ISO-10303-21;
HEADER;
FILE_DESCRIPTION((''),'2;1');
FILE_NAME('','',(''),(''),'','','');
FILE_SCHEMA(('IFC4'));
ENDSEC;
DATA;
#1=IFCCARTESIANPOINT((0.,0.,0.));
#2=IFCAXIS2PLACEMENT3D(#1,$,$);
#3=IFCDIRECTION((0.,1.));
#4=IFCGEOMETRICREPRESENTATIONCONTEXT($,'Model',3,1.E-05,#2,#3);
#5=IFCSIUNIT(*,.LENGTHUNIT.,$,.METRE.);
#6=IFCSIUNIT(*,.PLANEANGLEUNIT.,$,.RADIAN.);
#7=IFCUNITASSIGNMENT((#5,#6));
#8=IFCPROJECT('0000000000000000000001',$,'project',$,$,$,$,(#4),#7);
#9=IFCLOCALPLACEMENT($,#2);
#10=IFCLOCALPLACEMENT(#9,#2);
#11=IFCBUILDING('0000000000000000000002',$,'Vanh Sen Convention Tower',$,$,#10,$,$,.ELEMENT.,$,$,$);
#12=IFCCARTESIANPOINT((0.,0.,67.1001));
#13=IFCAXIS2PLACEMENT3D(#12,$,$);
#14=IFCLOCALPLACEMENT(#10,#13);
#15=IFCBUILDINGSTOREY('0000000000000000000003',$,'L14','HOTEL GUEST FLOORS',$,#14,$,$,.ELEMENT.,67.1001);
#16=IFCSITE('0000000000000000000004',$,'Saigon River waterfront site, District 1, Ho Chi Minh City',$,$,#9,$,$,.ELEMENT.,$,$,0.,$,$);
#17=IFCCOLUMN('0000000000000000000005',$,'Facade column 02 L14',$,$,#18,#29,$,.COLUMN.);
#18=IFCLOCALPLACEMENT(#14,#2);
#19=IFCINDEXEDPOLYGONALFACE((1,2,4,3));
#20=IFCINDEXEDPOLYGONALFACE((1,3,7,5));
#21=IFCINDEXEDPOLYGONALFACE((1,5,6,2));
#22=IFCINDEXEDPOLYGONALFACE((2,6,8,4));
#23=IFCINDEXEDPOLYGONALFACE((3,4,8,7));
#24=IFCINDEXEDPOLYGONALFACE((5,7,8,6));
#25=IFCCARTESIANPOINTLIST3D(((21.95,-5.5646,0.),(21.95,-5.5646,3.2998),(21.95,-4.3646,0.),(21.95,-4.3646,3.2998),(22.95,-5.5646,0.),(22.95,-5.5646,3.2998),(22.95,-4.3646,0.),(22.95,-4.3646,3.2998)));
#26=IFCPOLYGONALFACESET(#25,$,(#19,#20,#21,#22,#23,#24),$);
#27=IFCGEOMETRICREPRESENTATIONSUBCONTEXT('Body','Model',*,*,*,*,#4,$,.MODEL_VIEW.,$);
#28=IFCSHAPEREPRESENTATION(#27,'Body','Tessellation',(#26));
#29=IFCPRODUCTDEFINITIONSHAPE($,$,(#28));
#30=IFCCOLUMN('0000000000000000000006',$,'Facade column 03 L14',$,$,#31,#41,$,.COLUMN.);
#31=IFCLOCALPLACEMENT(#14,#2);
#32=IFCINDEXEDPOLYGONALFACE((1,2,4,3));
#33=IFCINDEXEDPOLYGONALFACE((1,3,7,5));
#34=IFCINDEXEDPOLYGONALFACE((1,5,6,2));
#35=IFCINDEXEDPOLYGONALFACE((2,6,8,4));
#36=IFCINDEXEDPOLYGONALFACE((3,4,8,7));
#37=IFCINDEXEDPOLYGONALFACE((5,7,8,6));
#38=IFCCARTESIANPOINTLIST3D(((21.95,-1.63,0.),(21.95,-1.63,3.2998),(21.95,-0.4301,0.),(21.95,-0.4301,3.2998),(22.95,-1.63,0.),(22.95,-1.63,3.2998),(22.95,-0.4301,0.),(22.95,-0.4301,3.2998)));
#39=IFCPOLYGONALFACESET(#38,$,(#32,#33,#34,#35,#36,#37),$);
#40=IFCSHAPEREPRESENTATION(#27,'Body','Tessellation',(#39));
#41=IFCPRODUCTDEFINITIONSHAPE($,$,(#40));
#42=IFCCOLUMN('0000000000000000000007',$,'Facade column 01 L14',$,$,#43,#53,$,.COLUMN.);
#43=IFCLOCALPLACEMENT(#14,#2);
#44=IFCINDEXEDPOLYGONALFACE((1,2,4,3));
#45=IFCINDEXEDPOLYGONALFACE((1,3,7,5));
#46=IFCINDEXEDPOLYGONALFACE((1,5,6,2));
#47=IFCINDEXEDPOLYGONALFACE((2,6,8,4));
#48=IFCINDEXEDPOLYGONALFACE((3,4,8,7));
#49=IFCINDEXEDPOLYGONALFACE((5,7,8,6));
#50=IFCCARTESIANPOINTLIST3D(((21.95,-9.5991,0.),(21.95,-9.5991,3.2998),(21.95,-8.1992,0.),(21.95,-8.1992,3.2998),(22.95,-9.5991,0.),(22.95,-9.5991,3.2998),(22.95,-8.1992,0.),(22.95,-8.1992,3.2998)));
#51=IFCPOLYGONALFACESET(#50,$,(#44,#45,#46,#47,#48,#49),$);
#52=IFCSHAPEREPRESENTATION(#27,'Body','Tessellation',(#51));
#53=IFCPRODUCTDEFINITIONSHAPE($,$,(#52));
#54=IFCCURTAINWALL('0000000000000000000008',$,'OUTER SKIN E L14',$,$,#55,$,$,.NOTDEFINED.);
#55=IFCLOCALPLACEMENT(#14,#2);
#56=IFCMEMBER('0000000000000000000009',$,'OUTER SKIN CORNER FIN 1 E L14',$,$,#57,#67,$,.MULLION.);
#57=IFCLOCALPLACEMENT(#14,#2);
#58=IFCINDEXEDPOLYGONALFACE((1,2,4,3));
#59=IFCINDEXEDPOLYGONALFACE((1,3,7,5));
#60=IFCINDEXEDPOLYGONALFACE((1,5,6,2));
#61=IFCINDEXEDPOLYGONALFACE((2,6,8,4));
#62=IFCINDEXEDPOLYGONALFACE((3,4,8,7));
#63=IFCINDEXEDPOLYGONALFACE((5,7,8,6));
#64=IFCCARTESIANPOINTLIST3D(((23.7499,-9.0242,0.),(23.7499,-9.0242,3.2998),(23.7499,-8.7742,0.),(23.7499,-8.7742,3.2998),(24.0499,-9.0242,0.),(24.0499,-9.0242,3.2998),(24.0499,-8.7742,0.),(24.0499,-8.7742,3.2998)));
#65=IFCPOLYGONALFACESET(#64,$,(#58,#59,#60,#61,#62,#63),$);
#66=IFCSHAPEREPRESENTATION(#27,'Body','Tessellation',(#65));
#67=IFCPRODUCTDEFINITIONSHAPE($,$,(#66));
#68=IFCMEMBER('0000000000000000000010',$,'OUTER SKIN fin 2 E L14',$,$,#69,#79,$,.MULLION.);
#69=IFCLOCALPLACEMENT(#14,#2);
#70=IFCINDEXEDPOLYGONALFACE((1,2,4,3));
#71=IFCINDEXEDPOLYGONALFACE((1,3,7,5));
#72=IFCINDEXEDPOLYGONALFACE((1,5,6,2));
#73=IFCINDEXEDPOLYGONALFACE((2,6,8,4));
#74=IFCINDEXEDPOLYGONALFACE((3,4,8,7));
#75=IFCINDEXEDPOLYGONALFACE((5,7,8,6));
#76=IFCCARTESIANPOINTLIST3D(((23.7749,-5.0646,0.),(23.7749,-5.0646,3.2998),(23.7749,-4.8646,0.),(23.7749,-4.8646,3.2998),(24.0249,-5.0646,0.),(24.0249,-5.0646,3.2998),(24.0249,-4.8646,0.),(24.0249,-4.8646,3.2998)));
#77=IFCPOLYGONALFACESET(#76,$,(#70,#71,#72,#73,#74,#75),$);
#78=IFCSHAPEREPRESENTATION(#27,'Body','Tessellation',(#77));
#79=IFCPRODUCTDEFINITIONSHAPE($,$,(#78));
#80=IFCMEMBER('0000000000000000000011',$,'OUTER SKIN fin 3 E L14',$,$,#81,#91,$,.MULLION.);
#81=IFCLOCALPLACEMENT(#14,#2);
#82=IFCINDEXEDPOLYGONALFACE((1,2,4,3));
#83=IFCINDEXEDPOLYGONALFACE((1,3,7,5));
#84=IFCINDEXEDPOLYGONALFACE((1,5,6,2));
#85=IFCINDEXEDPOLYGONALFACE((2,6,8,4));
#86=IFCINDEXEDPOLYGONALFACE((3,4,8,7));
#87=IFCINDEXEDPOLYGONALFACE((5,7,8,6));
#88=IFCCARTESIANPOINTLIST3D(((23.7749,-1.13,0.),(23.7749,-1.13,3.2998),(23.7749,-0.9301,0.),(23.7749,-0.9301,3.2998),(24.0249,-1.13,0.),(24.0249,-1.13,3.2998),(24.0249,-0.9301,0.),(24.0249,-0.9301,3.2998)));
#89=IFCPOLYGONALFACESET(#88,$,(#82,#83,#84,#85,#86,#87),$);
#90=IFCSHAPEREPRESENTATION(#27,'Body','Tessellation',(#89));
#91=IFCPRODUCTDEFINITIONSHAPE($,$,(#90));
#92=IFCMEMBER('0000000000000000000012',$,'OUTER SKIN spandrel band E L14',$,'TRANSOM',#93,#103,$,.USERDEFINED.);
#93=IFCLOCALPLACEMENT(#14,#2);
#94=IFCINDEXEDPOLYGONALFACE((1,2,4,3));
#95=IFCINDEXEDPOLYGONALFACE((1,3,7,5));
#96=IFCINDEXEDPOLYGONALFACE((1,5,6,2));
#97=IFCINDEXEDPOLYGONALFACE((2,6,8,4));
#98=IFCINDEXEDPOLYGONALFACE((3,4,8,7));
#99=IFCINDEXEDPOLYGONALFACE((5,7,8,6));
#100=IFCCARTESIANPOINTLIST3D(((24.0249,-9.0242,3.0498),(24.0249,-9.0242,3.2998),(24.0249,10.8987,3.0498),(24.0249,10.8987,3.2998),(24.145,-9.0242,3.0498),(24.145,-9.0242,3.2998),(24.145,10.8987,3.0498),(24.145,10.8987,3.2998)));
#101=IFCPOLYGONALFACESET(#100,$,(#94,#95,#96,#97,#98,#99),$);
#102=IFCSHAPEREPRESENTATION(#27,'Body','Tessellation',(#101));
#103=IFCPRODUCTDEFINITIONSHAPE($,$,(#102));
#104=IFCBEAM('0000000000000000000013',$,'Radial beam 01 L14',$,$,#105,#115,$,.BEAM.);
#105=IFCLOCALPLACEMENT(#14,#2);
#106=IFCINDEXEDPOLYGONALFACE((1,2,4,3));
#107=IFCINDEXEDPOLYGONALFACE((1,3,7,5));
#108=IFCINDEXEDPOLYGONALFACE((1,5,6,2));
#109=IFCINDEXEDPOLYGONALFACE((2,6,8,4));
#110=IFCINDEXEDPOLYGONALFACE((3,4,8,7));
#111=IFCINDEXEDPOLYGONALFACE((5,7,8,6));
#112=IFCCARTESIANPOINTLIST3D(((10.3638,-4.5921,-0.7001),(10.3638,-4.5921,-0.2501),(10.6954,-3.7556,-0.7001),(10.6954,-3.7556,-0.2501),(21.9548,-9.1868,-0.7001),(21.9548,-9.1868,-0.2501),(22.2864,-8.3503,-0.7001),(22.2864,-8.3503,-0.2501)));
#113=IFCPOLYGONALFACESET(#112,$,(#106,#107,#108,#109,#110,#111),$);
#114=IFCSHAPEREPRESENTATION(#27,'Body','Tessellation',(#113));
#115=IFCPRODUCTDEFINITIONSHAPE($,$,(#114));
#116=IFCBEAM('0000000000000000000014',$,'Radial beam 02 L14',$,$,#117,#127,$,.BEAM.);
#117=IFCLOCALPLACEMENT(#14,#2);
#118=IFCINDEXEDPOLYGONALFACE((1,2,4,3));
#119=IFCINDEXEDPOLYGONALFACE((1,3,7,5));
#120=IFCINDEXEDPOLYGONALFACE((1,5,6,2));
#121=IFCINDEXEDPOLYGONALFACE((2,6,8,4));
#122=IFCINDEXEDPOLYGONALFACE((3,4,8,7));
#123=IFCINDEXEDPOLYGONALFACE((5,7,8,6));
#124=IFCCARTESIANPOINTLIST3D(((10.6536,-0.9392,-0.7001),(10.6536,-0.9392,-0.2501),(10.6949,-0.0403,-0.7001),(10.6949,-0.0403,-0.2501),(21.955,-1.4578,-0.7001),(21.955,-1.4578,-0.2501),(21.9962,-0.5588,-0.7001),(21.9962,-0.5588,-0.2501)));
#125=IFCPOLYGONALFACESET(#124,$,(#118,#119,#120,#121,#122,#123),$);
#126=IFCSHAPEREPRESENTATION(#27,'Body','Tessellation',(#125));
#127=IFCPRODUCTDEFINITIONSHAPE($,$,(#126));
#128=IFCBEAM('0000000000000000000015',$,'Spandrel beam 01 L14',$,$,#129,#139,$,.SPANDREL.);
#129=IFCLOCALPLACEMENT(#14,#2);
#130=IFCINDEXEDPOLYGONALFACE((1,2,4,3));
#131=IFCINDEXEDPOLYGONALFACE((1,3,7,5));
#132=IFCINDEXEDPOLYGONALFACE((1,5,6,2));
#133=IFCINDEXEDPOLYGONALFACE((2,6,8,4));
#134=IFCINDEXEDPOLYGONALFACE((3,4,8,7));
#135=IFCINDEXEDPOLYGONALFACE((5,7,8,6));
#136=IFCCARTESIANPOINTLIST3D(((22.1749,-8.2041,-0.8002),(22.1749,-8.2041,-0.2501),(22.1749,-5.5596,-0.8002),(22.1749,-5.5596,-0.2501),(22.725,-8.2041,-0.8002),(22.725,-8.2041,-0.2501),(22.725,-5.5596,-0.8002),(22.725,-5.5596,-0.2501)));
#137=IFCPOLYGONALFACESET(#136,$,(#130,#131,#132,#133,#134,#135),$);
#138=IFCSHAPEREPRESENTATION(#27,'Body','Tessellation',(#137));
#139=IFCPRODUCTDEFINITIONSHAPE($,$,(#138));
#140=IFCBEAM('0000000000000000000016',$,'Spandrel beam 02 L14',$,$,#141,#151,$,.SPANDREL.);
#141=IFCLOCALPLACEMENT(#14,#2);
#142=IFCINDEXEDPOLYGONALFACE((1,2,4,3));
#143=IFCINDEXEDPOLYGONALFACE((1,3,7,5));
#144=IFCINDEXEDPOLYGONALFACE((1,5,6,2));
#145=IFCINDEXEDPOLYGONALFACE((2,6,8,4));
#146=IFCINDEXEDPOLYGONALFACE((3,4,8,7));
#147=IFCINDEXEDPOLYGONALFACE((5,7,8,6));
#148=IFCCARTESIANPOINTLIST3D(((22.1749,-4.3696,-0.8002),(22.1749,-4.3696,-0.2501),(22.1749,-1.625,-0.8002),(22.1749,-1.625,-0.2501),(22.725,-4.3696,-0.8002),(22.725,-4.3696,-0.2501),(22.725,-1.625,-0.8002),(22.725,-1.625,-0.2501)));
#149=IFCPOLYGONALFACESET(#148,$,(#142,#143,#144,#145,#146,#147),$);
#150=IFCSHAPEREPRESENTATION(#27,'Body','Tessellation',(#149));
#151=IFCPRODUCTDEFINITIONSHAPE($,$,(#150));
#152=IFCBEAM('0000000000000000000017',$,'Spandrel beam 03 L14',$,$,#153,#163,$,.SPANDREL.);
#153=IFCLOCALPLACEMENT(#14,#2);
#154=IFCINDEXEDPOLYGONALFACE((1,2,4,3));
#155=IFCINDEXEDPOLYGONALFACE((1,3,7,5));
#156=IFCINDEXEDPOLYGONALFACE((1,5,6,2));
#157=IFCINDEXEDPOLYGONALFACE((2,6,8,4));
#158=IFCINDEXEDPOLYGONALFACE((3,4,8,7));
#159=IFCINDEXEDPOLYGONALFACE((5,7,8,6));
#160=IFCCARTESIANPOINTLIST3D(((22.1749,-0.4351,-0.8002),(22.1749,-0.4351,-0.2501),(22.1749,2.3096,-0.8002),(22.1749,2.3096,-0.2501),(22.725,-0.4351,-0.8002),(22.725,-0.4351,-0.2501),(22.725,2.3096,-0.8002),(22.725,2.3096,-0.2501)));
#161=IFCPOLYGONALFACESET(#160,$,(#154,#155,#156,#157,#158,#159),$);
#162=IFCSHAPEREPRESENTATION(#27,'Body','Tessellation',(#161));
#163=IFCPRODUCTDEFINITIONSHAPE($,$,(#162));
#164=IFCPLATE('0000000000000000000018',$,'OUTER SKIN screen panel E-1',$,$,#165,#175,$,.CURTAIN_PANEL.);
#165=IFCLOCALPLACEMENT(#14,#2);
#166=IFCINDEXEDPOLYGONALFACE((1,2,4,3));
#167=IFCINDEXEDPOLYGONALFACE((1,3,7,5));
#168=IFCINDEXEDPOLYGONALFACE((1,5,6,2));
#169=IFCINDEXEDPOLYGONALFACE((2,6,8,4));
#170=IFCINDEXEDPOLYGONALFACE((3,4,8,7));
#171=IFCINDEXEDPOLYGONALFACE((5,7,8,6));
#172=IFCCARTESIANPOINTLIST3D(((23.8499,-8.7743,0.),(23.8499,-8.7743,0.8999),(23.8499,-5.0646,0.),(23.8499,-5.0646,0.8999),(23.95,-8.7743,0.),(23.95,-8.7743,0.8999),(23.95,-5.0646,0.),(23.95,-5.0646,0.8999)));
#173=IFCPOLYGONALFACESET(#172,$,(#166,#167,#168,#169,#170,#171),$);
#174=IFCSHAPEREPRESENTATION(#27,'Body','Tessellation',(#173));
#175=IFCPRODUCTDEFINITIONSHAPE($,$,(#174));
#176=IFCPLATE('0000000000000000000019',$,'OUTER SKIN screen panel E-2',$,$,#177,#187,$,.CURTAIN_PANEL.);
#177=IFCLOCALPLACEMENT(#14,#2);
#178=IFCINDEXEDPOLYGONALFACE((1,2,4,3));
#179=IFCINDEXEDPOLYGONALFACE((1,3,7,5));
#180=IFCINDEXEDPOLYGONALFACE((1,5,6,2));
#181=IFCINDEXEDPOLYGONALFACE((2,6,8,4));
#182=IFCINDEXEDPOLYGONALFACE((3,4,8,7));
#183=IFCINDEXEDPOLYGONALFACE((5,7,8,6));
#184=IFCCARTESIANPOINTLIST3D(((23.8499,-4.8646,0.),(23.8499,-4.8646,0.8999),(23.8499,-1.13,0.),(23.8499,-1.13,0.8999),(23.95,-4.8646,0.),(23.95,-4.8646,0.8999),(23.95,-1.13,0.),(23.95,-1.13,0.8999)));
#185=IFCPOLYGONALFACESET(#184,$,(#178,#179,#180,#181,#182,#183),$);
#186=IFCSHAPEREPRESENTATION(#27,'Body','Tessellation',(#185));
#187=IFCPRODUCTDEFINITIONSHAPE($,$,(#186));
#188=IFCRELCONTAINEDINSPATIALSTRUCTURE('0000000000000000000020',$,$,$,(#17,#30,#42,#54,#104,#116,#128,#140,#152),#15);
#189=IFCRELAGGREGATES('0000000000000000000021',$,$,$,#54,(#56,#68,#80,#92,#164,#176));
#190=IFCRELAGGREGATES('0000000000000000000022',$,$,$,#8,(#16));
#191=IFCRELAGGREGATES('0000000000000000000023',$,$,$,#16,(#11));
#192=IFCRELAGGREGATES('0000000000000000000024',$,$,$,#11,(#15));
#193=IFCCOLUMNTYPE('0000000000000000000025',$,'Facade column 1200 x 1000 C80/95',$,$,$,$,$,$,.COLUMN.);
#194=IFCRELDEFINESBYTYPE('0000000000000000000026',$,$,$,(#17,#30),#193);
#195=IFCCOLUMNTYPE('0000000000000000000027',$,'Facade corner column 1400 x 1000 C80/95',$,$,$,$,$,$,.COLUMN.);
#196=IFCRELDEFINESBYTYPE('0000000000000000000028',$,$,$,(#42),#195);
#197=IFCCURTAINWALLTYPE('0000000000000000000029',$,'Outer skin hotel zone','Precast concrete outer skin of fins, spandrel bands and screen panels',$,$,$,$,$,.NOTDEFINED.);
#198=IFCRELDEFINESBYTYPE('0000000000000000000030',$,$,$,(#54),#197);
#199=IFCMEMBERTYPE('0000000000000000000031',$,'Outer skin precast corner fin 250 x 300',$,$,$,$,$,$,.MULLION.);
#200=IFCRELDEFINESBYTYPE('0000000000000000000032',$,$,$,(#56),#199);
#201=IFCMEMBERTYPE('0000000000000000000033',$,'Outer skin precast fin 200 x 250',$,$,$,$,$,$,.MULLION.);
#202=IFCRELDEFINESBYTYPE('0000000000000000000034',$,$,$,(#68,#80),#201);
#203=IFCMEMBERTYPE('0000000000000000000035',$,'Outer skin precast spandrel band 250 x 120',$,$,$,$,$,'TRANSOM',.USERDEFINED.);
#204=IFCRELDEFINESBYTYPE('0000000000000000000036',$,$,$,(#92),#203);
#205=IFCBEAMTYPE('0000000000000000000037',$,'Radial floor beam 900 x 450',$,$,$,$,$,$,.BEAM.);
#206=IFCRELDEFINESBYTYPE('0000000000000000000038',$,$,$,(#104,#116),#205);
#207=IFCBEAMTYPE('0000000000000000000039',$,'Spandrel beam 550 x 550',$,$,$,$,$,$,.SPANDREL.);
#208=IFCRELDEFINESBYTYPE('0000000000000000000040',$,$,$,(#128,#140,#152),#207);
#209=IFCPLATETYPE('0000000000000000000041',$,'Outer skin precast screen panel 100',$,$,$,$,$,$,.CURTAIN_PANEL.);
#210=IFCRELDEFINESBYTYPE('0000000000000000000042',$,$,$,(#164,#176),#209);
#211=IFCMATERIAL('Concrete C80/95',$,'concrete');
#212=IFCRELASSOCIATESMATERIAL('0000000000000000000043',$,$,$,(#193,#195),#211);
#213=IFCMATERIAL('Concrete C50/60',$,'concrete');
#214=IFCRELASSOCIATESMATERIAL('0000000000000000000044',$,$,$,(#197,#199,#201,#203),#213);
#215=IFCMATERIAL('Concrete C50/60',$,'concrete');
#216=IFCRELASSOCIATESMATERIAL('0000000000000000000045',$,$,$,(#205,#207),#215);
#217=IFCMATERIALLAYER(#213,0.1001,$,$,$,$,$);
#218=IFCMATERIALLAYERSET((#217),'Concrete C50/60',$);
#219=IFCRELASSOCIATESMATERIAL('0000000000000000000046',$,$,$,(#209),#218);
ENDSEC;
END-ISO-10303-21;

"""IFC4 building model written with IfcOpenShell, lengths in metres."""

from ifc_helpers import new_model, si_unit, direction, frame, origin, origin_2d, place, context, subcontext, project, spatial, rectangle, extrude, material, layer, layer_set, material_profile, profile_set, type_object, element, aggregate, save


model = new_model("IFC4")

# Units and contexts
model_context = context("Model", 3, precision=1e-05, world=origin(), true_north=direction((0.0, 1.0)))
body_context = subcontext(model_context, "Body", "Model", "MODEL_VIEW")
ifc_project = project(units=[si_unit("LENGTHUNIT", "METRE"), si_unit("PLANEANGLEUNIT", "RADIAN")], contexts=[model_context])

# Site, building, storey
site_placement = place(None, origin())
site = spatial("IfcSite", under=ifc_project, at=site_placement, Name="Saigon River waterfront site, District 1, Ho Chi Minh City", CompositionType="ELEMENT", RefElevation=0.0)
building_placement = place(site_placement, origin())
building = spatial("IfcBuilding", under=site, at=building_placement, Name="Vanh Sen Convention Tower", CompositionType="ELEMENT")
storey_placement = place(building_placement, frame((0.0, 0.0, 67.1001)))
storey = spatial("IfcBuildingStorey", under=building, at=storey_placement, Name="L14", Description="HOTEL GUEST FLOORS", CompositionType="ELEMENT", Elevation=67.1001)

# Columns
ifc_material_1 = material(Name="Concrete C80/95", Category="concrete")
ifc_material_profile_1 = material_profile(ifc_material_1, rectangle(XDim=1.2, YDim=1.0, at=origin_2d()), Name="RC 1200X1000")
ifc_profile_set_1 = profile_set([ifc_material_profile_1], Name="Concrete C80/95")
column_type_1 = type_object("IfcColumnType", Name="Facade column 1200 x 1000 C80/95", PredefinedType="COLUMN", material=ifc_profile_set_1)
for number, where, z_axis, x_axis, name in (
    (1, (22.45, -4.9646, 0.0), (0.0, 0.0, 1.0), (0.0, 1.0, 0.0), "Facade column 02 L14"),
    (2, (22.45, -1.03, 0.0), (0.0, 0.0, 1.0), (0.0, 1.0, 0.0), "Facade column 03 L14"),
):
    element("IfcColumn", number, at=place(storey_placement, frame(where, z_axis=z_axis, x_axis=x_axis)), inside=storey, type_object=column_type_1, Name=name, PredefinedType="COLUMN", context=body_context, shape_type="SweptSolid", body=[
        extrude(rectangle(XDim=1.2, YDim=1.0, at=origin_2d()), origin(), (0.0, 0.0, 1.0), 3.2998),
    ])
ifc_material_profile_2 = material_profile(ifc_material_1, rectangle(XDim=1.3999, YDim=1.0, at=origin_2d()), Name="RC 1400X1000")
ifc_profile_set_2 = profile_set([ifc_material_profile_2], Name="Concrete C80/95")
column_type_2 = type_object("IfcColumnType", Name="Facade corner column 1400 x 1000 C80/95", PredefinedType="COLUMN", material=ifc_profile_set_2)
column_placement = place(storey_placement, frame((22.45, -8.8992, 0.0), z_axis=(0.0, 0.0, 1.0), x_axis=(0.0, 1.0, 0.0)))
element("IfcColumn", 3, at=column_placement, inside=storey, type_object=column_type_2, Name="Facade column 01 L14", PredefinedType="COLUMN", context=body_context, shape_type="SweptSolid", body=[
    extrude(rectangle(XDim=1.3999, YDim=1.0, at=origin_2d()), origin(), (0.0, 0.0, 1.0), 3.2998),
])

# Curtain wall, members
ifc_material_2 = material(Name="Concrete C50/60", Category="concrete")
curtain_wall_type = type_object("IfcCurtainWallType", Name="Outer skin hotel zone", Description="Precast concrete outer skin of fins, spandrel bands and screen panels", PredefinedType="NOTDEFINED", material=ifc_material_2)
curtain_wall_placement = place(storey_placement, origin())
curtain_wall = element("IfcCurtainWall", 4, at=curtain_wall_placement, inside=storey, type_object=curtain_wall_type, Name="OUTER SKIN E L14", PredefinedType="NOTDEFINED")
ifc_material_profile_3 = material_profile(ifc_material_2, rectangle(XDim=0.25, YDim=0.3, at=origin_2d()), Name="Outer skin precast corner fin 250 x 300")
ifc_profile_set_3 = profile_set([ifc_material_profile_3], Name="Concrete C50/60")
member_type_1 = type_object("IfcMemberType", Name="Outer skin precast corner fin 250 x 300", PredefinedType="MULLION", material=ifc_profile_set_3)
member_1_placement = place(storey_placement, frame((23.8999, -8.8992, 0.0), z_axis=(0.0, 0.0, 1.0), x_axis=(0.0, 1.0, 0.0)))
member_1 = element("IfcMember", 5, at=member_1_placement, type_object=member_type_1, Name="OUTER SKIN CORNER FIN 1 E L14", PredefinedType="MULLION", context=body_context, shape_type="SweptSolid", body=[
    extrude(rectangle(XDim=0.25, YDim=0.3, at=origin_2d()), origin(), (0.0, 0.0, 1.0), 3.2998),
])
ifc_material_profile_4 = material_profile(ifc_material_2, rectangle(XDim=0.2, YDim=0.25, at=origin_2d()), Name="Outer skin precast fin 200 x 250")
ifc_profile_set_4 = profile_set([ifc_material_profile_4], Name="Concrete C50/60")
member_type_2 = type_object("IfcMemberType", Name="Outer skin precast fin 200 x 250", PredefinedType="MULLION", material=ifc_profile_set_4)
member_2_placement = place(storey_placement, frame((23.8999, -4.9646, 0.0), z_axis=(0.0, 0.0, 1.0), x_axis=(0.0, 1.0, 0.0)))
member_2 = element("IfcMember", 6, at=member_2_placement, type_object=member_type_2, Name="OUTER SKIN fin 2 E L14", PredefinedType="MULLION", context=body_context, shape_type="SweptSolid", body=[
    extrude(rectangle(XDim=0.2, YDim=0.25, at=origin_2d()), origin(), (0.0, 0.0, 1.0), 3.2998),
])
member_3_placement = place(storey_placement, frame((23.8999, -1.03, 0.0), z_axis=(0.0, 0.0, 1.0), x_axis=(0.0, 1.0, 0.0)))
member_3 = element("IfcMember", 7, at=member_3_placement, type_object=member_type_2, Name="OUTER SKIN fin 3 E L14", PredefinedType="MULLION", context=body_context, shape_type="SweptSolid", body=[
    extrude(rectangle(XDim=0.2, YDim=0.25, at=origin_2d()), origin(), (0.0, 0.0, 1.0), 3.2998),
])
ifc_material_profile_5 = material_profile(ifc_material_2, rectangle(XDim=0.1201, YDim=0.25, at=origin_2d()), Name="Outer skin precast spandrel band 250 x 120")
ifc_profile_set_5 = profile_set([ifc_material_profile_5], Name="Concrete C50/60")
member_type_3 = type_object("IfcMemberType", Name="Outer skin precast spandrel band 250 x 120", ElementType="TRANSOM", PredefinedType="USERDEFINED", material=ifc_profile_set_5)
member_4_placement = place(storey_placement, frame((24.085, -9.0242, 3.1748), z_axis=(0.0, 1.0, 0.0), x_axis=(-1.0, 0.0, 0.0)))
member_4 = element("IfcMember", 8, at=member_4_placement, type_object=member_type_3, Name="OUTER SKIN spandrel band E L14", ObjectType="TRANSOM", PredefinedType="USERDEFINED", context=body_context, shape_type="SweptSolid", body=[
    extrude(rectangle(XDim=0.1201, YDim=0.25, at=origin_2d()), origin(), (0.0, 0.0, 1.0), 19.9229),
])

# Beams
ifc_material_3 = material(Name="Concrete C50/60", Category="concrete")
ifc_material_profile_6 = material_profile(ifc_material_3, rectangle(XDim=0.8999, YDim=0.45, at=origin_2d()), Name="RC 900X450")
ifc_profile_set_6 = profile_set([ifc_material_profile_6], Name="Concrete C50/60")
beam_type_1 = type_object("IfcBeamType", Name="Radial floor beam 900 x 450", PredefinedType="BEAM", material=ifc_profile_set_6)
beam_1_placement = place(storey_placement, frame((22.1206, -8.7686, -0.4751), z_axis=(-0.929625, 0.368506, 0.0), x_axis=(-0.368506, -0.929625, 0.0)))
element("IfcBeam", 9, at=beam_1_placement, inside=storey, type_object=beam_type_1, Name="Radial beam 01 L14", PredefinedType="BEAM", context=body_context, shape_type="SweptSolid", body=[
    extrude(rectangle(XDim=0.8999, YDim=0.45, at=origin_2d()), origin(), (0.0, 0.0, 1.0), 12.4685),
])
beam_2_placement = place(storey_placement, frame((21.9756, -1.0083, -0.4751), z_axis=(-0.998949, 0.045836, 0.0), x_axis=(-0.045836, -0.998949, 0.0)))
element("IfcBeam", 10, at=beam_2_placement, inside=storey, type_object=beam_type_1, Name="Radial beam 02 L14", PredefinedType="BEAM", context=body_context, shape_type="SweptSolid", body=[
    extrude(rectangle(XDim=0.8999, YDim=0.45, at=origin_2d()), origin(), (0.0, 0.0, 1.0), 11.3132),
])
ifc_material_profile_7 = material_profile(ifc_material_3, rectangle(XDim=0.55, YDim=0.55, at=origin_2d()), Name="RC 550X550")
ifc_profile_set_7 = profile_set([ifc_material_profile_7], Name="Concrete C50/60")
beam_type_2 = type_object("IfcBeamType", Name="Spandrel beam 550 x 550", PredefinedType="SPANDREL", material=ifc_profile_set_7)
beam_3_placement = place(storey_placement, frame((22.45, -8.2041, -0.5251), z_axis=(0.0, 1.0, 0.0), x_axis=(-1.0, 0.0, 0.0)))
element("IfcBeam", 11, at=beam_3_placement, inside=storey, type_object=beam_type_2, Name="Spandrel beam 01 L14", PredefinedType="SPANDREL", context=body_context, shape_type="SweptSolid", body=[
    extrude(rectangle(XDim=0.55, YDim=0.55, at=origin_2d()), origin(), (0.0, 0.0, 1.0), 2.6445),
])
for number, where, z_axis, x_axis, name in (
    (12, (22.45, -4.3696, -0.5251), (0.0, 1.0, 0.0), (-1.0, 0.0, 0.0), "Spandrel beam 02 L14"),
    (13, (22.45, -0.4351, -0.5251), (0.0, 1.0, 0.0), (-1.0, 0.0, 0.0), "Spandrel beam 03 L14"),
):
    element("IfcBeam", number, at=place(storey_placement, frame(where, z_axis=z_axis, x_axis=x_axis)), inside=storey, type_object=beam_type_2, Name=name, PredefinedType="SPANDREL", context=body_context, shape_type="SweptSolid", body=[
        extrude(rectangle(XDim=0.55, YDim=0.55, at=origin_2d()), origin(), (0.0, 0.0, 1.0), 2.7446),
    ])

# Plates
ifc_layer_1 = layer(ifc_material_2, 0.1001)
ifc_layer_set_1 = layer_set([ifc_layer_1], Name="Concrete C50/60")
plate_type = type_object("IfcPlateType", Name="Outer skin precast screen panel 100", PredefinedType="CURTAIN_PANEL", material=ifc_layer_set_1)
plate_1_placement = place(storey_placement, frame((23.8999, -6.9194, 0.0), z_axis=(0.0, 0.0, 1.0), x_axis=(0.0, 1.0, 0.0)))
plate_1 = element("IfcPlate", 14, at=plate_1_placement, type_object=plate_type, Name="OUTER SKIN screen panel E-1", PredefinedType="CURTAIN_PANEL", context=body_context, shape_type="SweptSolid", body=[
    extrude(rectangle(XDim=3.7097, YDim=0.1001, at=origin_2d()), origin(), (0.0, 0.0, 1.0), 0.8999),
])
plate_2_placement = place(storey_placement, frame((23.8999, -2.9973, 0.0), z_axis=(0.0, 0.0, 1.0), x_axis=(0.0, 1.0, 0.0)))
plate_2 = element("IfcPlate", 15, at=plate_2_placement, type_object=plate_type, Name="OUTER SKIN screen panel E-2", PredefinedType="CURTAIN_PANEL", context=body_context, shape_type="SweptSolid", body=[
    extrude(rectangle(XDim=3.7346, YDim=0.1001, at=origin_2d()), origin(), (0.0, 0.0, 1.0), 0.8999),
])
aggregate(curtain_wall, [member_1, member_2, member_3, member_4, plate_1, plate_2])

save(model, "model.ifc")
